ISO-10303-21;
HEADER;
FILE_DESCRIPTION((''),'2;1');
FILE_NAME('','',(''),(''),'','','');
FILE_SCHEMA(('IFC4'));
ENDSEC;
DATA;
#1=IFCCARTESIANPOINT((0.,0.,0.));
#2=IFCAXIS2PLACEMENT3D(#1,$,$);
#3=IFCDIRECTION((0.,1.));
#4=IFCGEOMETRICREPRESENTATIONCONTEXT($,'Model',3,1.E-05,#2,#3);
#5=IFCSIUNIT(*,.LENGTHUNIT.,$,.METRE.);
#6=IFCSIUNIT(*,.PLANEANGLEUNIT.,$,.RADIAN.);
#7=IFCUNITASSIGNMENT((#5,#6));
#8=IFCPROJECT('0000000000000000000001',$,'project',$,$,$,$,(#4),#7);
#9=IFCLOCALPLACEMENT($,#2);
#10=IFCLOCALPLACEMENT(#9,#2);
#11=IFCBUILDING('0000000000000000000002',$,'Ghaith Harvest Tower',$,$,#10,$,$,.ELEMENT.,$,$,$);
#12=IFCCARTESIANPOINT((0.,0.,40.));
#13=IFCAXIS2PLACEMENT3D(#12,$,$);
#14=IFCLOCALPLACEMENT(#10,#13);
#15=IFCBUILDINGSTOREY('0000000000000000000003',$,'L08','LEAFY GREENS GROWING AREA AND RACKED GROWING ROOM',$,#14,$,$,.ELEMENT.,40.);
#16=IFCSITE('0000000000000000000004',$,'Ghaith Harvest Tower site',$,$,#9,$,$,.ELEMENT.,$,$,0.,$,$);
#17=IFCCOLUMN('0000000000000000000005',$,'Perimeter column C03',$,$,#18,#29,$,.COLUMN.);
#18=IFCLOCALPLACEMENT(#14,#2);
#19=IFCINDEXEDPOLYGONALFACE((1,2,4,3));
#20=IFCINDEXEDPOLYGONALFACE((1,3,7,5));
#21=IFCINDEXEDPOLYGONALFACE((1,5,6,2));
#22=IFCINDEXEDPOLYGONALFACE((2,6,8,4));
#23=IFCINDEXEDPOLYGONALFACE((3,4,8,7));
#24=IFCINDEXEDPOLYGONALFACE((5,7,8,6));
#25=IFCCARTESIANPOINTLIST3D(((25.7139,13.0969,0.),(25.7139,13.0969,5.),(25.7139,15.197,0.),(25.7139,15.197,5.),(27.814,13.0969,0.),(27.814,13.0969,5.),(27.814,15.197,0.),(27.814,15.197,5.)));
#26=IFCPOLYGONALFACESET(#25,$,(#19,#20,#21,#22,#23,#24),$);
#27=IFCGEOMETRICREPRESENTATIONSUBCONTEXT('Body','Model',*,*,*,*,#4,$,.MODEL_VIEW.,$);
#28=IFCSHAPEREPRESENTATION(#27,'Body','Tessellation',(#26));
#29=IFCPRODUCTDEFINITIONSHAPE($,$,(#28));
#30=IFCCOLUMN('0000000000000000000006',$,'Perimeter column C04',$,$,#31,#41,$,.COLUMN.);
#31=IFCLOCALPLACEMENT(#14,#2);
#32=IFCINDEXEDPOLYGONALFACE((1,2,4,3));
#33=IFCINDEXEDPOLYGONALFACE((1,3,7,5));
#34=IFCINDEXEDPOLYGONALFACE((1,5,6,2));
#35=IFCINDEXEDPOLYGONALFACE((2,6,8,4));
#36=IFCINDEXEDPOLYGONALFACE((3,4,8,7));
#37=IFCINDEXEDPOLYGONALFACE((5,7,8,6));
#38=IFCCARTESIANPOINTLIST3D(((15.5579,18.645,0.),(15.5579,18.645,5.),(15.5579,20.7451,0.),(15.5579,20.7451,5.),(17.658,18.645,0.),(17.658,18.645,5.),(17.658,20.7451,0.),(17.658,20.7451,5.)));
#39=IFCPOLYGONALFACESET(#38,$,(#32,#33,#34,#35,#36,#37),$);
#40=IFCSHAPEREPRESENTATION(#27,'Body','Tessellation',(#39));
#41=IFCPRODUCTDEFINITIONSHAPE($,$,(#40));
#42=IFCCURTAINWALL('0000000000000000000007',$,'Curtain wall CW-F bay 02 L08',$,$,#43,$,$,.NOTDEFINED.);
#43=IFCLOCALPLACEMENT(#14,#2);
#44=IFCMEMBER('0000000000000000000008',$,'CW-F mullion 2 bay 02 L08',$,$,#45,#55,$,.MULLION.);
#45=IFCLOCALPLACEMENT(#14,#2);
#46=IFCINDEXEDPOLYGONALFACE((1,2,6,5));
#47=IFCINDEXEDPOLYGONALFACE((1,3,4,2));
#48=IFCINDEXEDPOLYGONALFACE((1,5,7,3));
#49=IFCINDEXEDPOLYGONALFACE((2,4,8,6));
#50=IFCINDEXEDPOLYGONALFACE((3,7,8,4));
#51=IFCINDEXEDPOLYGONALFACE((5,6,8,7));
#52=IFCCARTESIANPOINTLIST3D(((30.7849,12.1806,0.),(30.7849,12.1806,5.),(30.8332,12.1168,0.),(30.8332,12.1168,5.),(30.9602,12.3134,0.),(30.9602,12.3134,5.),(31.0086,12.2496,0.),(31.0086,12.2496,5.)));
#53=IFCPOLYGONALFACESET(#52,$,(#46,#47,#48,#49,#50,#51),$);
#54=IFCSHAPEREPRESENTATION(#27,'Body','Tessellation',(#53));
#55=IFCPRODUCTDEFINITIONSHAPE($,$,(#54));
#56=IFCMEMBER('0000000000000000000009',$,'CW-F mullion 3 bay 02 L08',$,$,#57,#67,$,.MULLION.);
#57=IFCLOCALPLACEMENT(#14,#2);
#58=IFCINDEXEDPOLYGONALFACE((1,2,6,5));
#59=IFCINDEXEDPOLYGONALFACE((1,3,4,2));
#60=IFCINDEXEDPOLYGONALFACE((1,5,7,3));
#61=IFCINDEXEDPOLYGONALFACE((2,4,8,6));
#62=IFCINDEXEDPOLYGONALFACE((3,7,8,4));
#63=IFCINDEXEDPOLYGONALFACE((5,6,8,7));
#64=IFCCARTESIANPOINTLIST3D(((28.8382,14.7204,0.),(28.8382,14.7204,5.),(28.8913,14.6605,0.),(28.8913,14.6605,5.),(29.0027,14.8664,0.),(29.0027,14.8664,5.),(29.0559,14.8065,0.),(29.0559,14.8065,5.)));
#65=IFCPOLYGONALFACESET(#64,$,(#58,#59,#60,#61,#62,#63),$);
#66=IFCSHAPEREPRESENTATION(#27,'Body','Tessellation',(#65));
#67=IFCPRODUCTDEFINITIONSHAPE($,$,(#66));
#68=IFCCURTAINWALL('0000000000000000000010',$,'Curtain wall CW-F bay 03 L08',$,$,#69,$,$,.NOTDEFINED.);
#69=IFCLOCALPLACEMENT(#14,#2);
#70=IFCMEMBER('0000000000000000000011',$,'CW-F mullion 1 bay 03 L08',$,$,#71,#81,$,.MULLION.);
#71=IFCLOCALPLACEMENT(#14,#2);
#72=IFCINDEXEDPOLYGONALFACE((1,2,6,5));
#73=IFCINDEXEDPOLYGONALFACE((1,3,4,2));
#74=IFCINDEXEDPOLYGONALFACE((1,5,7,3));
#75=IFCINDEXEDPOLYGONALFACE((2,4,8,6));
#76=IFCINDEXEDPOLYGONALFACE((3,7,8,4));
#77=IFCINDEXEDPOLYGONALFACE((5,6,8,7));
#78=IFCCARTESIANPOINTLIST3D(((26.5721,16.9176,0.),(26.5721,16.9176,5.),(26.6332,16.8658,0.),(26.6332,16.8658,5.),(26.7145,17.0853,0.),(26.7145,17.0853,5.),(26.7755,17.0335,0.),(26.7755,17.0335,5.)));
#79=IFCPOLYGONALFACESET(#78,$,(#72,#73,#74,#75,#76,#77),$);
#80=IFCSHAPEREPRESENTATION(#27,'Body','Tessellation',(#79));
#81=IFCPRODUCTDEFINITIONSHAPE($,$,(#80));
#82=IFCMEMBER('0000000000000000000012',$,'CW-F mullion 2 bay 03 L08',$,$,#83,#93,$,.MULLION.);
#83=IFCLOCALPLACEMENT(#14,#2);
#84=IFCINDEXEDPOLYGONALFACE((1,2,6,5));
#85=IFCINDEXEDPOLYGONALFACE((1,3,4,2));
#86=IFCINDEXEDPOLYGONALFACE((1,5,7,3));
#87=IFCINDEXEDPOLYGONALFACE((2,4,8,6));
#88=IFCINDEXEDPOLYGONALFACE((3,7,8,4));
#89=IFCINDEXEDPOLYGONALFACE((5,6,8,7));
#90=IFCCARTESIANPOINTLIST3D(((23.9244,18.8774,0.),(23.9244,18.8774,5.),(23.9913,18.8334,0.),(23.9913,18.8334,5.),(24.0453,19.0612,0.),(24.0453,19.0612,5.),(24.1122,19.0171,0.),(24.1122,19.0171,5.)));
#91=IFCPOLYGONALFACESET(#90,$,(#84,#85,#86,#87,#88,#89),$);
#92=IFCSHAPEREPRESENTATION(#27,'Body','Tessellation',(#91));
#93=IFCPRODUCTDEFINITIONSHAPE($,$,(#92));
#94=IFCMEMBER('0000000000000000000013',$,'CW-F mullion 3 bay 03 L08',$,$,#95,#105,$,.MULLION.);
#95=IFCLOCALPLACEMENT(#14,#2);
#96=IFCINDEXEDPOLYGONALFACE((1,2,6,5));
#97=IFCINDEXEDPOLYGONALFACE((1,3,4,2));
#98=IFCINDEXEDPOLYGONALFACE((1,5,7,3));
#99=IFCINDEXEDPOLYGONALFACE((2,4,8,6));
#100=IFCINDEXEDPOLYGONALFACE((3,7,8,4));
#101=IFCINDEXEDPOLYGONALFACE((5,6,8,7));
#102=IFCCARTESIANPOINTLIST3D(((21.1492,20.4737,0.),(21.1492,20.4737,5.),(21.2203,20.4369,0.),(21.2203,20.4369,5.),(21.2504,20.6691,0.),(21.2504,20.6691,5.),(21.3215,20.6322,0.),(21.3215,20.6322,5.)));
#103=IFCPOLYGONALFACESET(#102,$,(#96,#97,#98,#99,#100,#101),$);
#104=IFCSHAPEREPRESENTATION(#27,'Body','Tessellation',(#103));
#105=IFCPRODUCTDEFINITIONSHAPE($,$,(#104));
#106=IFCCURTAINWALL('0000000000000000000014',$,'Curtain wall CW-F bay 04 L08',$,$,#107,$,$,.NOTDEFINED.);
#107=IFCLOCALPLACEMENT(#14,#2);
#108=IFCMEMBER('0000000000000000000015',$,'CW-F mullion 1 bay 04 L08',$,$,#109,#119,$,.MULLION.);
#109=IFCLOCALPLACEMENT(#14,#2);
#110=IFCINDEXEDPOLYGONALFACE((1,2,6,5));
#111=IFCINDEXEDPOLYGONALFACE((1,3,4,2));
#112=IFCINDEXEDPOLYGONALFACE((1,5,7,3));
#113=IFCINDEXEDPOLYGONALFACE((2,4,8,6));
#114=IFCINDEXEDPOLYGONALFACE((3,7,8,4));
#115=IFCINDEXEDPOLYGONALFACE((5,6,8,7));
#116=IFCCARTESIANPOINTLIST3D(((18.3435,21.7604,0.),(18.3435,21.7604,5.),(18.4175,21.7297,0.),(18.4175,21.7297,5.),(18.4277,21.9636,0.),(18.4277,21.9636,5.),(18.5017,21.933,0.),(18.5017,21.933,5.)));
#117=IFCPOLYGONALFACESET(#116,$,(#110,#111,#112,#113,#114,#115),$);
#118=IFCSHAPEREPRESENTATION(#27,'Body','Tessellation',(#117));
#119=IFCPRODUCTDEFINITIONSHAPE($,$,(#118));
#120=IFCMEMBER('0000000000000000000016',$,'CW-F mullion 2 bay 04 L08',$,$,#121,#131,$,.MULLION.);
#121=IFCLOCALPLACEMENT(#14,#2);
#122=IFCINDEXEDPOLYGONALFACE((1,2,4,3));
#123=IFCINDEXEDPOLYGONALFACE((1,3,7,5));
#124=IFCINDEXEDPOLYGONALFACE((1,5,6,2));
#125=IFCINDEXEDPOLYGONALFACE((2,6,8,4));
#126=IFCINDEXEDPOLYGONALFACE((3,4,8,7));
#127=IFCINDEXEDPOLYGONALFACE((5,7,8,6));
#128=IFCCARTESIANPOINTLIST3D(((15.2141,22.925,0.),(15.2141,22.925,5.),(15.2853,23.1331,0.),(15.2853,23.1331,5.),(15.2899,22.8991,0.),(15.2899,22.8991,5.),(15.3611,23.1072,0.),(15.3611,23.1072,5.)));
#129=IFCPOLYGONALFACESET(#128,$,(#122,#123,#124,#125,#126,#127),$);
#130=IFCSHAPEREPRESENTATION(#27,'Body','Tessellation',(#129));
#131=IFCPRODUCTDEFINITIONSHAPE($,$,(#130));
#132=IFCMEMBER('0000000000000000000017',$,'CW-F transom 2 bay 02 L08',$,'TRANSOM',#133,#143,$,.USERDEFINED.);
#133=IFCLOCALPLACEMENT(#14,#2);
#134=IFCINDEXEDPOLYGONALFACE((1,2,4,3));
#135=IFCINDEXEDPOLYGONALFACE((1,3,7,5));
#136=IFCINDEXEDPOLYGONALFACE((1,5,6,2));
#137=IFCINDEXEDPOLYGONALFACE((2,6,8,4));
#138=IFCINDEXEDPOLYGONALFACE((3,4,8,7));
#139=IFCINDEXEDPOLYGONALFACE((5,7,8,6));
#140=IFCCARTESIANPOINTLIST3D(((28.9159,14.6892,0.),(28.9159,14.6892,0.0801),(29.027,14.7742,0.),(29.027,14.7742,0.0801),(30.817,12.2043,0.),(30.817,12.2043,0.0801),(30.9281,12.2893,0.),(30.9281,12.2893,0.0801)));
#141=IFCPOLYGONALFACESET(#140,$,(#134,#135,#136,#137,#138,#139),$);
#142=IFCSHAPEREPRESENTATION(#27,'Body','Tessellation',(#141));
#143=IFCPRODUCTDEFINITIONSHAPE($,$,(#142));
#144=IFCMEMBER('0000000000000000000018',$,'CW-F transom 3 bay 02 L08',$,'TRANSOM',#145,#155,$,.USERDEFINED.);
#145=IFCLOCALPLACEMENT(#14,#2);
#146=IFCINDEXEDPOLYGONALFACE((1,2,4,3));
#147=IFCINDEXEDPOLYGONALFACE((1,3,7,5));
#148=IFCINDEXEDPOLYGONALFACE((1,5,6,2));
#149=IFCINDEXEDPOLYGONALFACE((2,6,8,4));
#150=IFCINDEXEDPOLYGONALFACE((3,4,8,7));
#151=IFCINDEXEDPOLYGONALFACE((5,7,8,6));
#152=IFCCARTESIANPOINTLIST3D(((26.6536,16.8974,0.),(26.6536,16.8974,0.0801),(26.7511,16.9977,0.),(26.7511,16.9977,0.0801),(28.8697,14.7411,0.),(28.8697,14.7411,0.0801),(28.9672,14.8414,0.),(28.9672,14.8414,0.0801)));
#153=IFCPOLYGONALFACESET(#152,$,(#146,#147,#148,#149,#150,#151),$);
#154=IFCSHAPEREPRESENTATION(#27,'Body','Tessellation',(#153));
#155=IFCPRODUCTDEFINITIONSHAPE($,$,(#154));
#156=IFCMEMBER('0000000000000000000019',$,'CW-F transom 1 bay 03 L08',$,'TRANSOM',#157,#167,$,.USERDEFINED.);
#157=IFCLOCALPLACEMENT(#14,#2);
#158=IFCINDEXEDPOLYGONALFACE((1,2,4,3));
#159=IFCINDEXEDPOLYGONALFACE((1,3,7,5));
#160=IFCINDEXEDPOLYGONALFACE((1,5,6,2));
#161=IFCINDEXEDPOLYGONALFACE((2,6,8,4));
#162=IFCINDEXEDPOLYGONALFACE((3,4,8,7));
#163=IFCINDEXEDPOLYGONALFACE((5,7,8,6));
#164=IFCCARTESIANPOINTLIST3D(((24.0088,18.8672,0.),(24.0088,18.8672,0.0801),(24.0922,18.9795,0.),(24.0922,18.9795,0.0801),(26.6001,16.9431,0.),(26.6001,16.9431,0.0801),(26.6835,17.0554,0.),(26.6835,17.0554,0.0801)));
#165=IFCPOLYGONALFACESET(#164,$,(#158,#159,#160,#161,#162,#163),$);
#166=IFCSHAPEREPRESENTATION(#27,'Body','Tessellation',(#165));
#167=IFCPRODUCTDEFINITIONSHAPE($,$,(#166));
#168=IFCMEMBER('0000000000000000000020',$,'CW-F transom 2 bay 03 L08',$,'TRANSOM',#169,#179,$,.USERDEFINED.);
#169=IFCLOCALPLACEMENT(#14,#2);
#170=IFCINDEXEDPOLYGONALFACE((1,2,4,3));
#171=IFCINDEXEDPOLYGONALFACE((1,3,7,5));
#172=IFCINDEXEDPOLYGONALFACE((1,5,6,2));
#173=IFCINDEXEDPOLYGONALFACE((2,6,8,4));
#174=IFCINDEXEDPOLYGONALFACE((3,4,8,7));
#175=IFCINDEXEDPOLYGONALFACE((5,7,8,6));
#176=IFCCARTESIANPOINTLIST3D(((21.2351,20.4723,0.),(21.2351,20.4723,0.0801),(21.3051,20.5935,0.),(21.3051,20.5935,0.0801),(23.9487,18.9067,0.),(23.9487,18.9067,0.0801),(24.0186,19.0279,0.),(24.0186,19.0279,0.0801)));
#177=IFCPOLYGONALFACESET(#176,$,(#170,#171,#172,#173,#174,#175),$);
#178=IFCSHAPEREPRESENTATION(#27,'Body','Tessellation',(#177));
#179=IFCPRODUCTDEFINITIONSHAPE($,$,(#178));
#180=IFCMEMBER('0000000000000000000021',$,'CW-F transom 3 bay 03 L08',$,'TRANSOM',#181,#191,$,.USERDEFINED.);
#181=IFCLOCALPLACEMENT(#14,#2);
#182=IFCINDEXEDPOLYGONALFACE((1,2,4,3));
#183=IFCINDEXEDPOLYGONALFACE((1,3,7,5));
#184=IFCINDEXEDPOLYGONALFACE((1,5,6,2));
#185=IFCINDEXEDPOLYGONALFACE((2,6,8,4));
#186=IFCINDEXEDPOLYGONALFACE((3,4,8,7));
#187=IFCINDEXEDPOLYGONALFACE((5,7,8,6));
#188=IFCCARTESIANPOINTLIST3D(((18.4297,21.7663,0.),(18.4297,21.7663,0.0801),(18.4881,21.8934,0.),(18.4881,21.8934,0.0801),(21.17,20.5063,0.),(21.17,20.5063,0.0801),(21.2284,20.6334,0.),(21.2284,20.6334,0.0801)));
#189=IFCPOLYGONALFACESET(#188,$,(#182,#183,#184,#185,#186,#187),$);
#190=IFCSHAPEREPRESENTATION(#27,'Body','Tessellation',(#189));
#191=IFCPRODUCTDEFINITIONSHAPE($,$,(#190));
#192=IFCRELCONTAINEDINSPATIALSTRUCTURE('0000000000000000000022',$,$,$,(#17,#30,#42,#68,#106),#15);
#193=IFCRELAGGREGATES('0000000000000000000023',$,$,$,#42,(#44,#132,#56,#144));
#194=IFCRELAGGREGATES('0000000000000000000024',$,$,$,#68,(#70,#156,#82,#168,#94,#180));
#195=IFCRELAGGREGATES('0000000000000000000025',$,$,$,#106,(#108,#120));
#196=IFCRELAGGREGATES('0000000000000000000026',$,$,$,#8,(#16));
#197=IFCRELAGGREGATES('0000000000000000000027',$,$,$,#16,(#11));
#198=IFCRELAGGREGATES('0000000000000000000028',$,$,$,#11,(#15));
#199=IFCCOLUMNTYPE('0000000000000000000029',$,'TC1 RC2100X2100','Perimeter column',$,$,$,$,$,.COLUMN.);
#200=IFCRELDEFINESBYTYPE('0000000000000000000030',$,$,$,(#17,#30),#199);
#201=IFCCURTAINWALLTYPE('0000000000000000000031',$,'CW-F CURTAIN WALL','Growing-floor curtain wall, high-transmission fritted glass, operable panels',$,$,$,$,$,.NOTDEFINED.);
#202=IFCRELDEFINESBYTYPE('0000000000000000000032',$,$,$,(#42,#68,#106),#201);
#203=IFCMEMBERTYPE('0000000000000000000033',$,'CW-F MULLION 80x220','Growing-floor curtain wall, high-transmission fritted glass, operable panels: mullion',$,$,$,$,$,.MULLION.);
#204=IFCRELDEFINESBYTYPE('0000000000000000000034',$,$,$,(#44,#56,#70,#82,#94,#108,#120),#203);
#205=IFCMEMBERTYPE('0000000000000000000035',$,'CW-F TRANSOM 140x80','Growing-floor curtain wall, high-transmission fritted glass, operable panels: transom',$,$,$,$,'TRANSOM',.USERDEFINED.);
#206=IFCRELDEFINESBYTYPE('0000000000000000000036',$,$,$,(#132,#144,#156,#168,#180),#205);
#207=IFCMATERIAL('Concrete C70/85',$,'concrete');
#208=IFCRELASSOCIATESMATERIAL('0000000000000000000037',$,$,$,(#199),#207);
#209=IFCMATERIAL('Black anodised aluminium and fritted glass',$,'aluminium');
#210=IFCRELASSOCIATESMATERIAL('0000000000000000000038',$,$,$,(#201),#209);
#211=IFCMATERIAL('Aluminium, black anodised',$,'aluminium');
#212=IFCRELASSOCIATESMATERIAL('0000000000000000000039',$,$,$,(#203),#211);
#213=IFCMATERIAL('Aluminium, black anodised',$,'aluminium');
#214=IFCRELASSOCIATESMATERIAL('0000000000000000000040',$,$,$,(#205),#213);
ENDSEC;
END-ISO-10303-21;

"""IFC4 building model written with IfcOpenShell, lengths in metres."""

from ifc_helpers import new_model, si_unit, direction, frame, origin, origin_2d, place, context, subcontext, project, spatial, rectangle, extrude, material, material_profile, profile_set, type_object, element, aggregate, save


model = new_model("IFC4")

# Units and contexts
model_context = context("Model", 3, precision=1e-05, world=origin(), true_north=direction((0.0, 1.0)))
body_context = subcontext(model_context, "Body", "Model", "MODEL_VIEW")
ifc_project = project(units=[si_unit("LENGTHUNIT", "METRE"), si_unit("PLANEANGLEUNIT", "RADIAN")], contexts=[model_context])

# Site, building, storey
site_placement = place(None, origin())
site = spatial("IfcSite", under=ifc_project, at=site_placement, Name="Ghaith Harvest Tower site", CompositionType="ELEMENT", RefElevation=0.0)
building_placement = place(site_placement, origin())
building = spatial("IfcBuilding", under=site, at=building_placement, Name="Ghaith Harvest Tower", CompositionType="ELEMENT")
storey_placement = place(building_placement, frame((0.0, 0.0, 40.0)))
storey = spatial("IfcBuildingStorey", under=building, at=storey_placement, Name="L08", Description="LEAFY GREENS GROWING AREA AND RACKED GROWING ROOM", CompositionType="ELEMENT", Elevation=40.0)

# Columns
ifc_material_1 = material(Name="Concrete C70/85", Category="concrete")
ifc_material_profile_1 = material_profile(ifc_material_1, rectangle(XDim=2.1001, YDim=2.1001, at=origin_2d()), Name="RC2100X2100")
ifc_profile_set_1 = profile_set([ifc_material_profile_1], Name="Concrete C70/85")
column_type = type_object("IfcColumnType", Name="TC1 RC2100X2100", Description="Perimeter column", PredefinedType="COLUMN", material=ifc_profile_set_1)
for number, where, z_axis, x_axis, name in (
    (1, (26.7639, 14.147, 0.0), (0.0, 0.0, 1.0), (1.0, 0.0, 0.0), "Perimeter column C03"),
    (2, (16.6079, 19.6951, 0.0), (0.0, 0.0, 1.0), (1.0, 0.0, 0.0), "Perimeter column C04"),
):
    element("IfcColumn", number, at=place(storey_placement, frame(where, z_axis=z_axis, x_axis=x_axis)), inside=storey, type_object=column_type, Name=name, PredefinedType="COLUMN", context=body_context, shape_type="SweptSolid", body=[
        extrude(rectangle(XDim=2.1001, YDim=2.1001, at=origin_2d()), origin(), (0.0, 0.0, 1.0), 5.0),
    ])

# Curtain walls, members
ifc_material_2 = material(Name="Black anodised aluminium and fritted glass", Category="aluminium")
curtain_wall_type = type_object("IfcCurtainWallType", Name="CW-F CURTAIN WALL", Description="Growing-floor curtain wall, high-transmission fritted glass, operable panels", PredefinedType="NOTDEFINED", material=ifc_material_2)
curtain_wall_1_placement = place(storey_placement, origin())
curtain_wall_1 = element("IfcCurtainWall", 3, at=curtain_wall_1_placement, inside=storey, type_object=curtain_wall_type, Name="Curtain wall CW-F bay 02 L08", PredefinedType="NOTDEFINED")
ifc_material_3 = material(Name="Aluminium, black anodised", Category="aluminium")
ifc_material_profile_2 = material_profile(ifc_material_3, rectangle(XDim=0.0801, YDim=0.22, at=origin_2d()), Name="CW-F MULLION 80x220")
ifc_profile_set_2 = profile_set([ifc_material_profile_2], Name="Aluminium, black anodised")
member_type_1 = type_object("IfcMemberType", Name="CW-F MULLION 80x220", Description="Growing-floor curtain wall, high-transmission fritted glass, operable panels: mullion", PredefinedType="MULLION", material=ifc_profile_set_2)
member_1_placement = place(storey_placement, frame((30.8967, 12.2151, 0.0), z_axis=(0.0, 0.0, 1.0), x_axis=(-0.603948, 0.797023, 0.0)))
member_1 = element("IfcMember", 4, at=member_1_placement, type_object=member_type_1, Name="CW-F mullion 2 bay 02 L08", PredefinedType="MULLION", context=body_context, shape_type="SweptSolid", body=[
    extrude(rectangle(XDim=0.0801, YDim=0.22, at=origin_2d()), origin(), (0.0, 0.0, 1.0), 5.0),
])
member_2_placement = place(storey_placement, frame((28.947, 14.7634, 0.0), z_axis=(0.0, 0.0, 1.0), x_axis=(-0.663605, 0.748083, 0.0)))
member_2 = element("IfcMember", 5, at=member_2_placement, type_object=member_type_1, Name="CW-F mullion 3 bay 02 L08", PredefinedType="MULLION", context=body_context, shape_type="SweptSolid", body=[
    extrude(rectangle(XDim=0.0801, YDim=0.22, at=origin_2d()), origin(), (0.0, 0.0, 1.0), 5.0),
])
curtain_wall_2_placement = place(storey_placement, origin())
curtain_wall_2 = element("IfcCurtainWall", 6, at=curtain_wall_2_placement, inside=storey, type_object=curtain_wall_type, Name="Curtain wall CW-F bay 03 L08", PredefinedType="NOTDEFINED")
member_3_placement = place(storey_placement, frame((26.6738, 16.9756, 0.0), z_axis=(0.0, 0.0, 1.0), x_axis=(-0.762366, 0.647146, 0.0)))
member_3 = element("IfcMember", 7, at=member_3_placement, type_object=member_type_1, Name="CW-F mullion 1 bay 03 L08", PredefinedType="MULLION", context=body_context, shape_type="SweptSolid", body=[
    extrude(rectangle(XDim=0.0801, YDim=0.22, at=origin_2d()), origin(), (0.0, 0.0, 1.0), 5.0),
])
member_4_placement = place(storey_placement, frame((24.0183, 18.9473, 0.0), z_axis=(0.0, 0.0, 1.0), x_axis=(-0.835444, 0.549576, 0.0)))
member_4 = element("IfcMember", 8, at=member_4_placement, type_object=member_type_1, Name="CW-F mullion 2 bay 03 L08", PredefinedType="MULLION", context=body_context, shape_type="SweptSolid", body=[
    extrude(rectangle(XDim=0.0801, YDim=0.22, at=origin_2d()), origin(), (0.0, 0.0, 1.0), 5.0),
])
member_5_placement = place(storey_placement, frame((21.2354, 20.553, 0.0), z_axis=(0.0, 0.0, 1.0), x_axis=(-0.887897, 0.460043, 0.0)))
member_5 = element("IfcMember", 9, at=member_5_placement, type_object=member_type_1, Name="CW-F mullion 3 bay 03 L08", PredefinedType="MULLION", context=body_context, shape_type="SweptSolid", body=[
    extrude(rectangle(XDim=0.0801, YDim=0.22, at=origin_2d()), origin(), (0.0, 0.0, 1.0), 5.0),
])
curtain_wall_3_placement = place(storey_placement, origin())
curtain_wall_3 = element("IfcCurtainWall", 10, at=curtain_wall_3_placement, inside=storey, type_object=curtain_wall_type, Name="Curtain wall CW-F bay 04 L08", PredefinedType="NOTDEFINED")
member_6_placement = place(storey_placement, frame((18.4226, 21.8467, 0.0), z_axis=(0.0, 0.0, 1.0), x_axis=(-0.92391, 0.382609, 0.0)))
member_6 = element("IfcMember", 11, at=member_6_placement, type_object=member_type_1, Name="CW-F mullion 1 bay 04 L08", PredefinedType="MULLION", context=body_context, shape_type="SweptSolid", body=[
    extrude(rectangle(XDim=0.0801, YDim=0.22, at=origin_2d()), origin(), (0.0, 0.0, 1.0), 5.0),
])
member_7_placement = place(storey_placement, frame((15.2876, 23.0161, 0.0), z_axis=(0.0, 0.0, 1.0), x_axis=(-0.946121, 0.323813, 0.0)))
member_7 = element("IfcMember", 12, at=member_7_placement, type_object=member_type_1, Name="CW-F mullion 2 bay 04 L08", PredefinedType="MULLION", context=body_context, shape_type="SweptSolid", body=[
    extrude(rectangle(XDim=0.0801, YDim=0.22, at=origin_2d()), origin(), (0.0, 0.0, 1.0), 5.0),
])

# Members
ifc_material_4 = material(Name="Aluminium, black anodised", Category="aluminium")
ifc_material_profile_3 = material_profile(ifc_material_4, rectangle(XDim=0.1399, YDim=0.0801, at=origin_2d()), Name="CW-F TRANSOM 140x80")
ifc_profile_set_3 = profile_set([ifc_material_profile_3], Name="Aluminium, black anodised")
member_type_2 = type_object("IfcMemberType", Name="CW-F TRANSOM 140x80", Description="Growing-floor curtain wall, high-transmission fritted glass, operable panels: transom", ElementType="TRANSOM", PredefinedType="USERDEFINED", material=ifc_profile_set_3)
member_8_placement = place(storey_placement, frame((30.8726, 12.2468, 0.04), z_axis=(-0.607638, 0.794214, 0.0), x_axis=(-0.794214, -0.607638, 0.0)))
member_8 = element("IfcMember", 13, at=member_8_placement, type_object=member_type_2, Name="CW-F transom 2 bay 02 L08", ObjectType="TRANSOM", PredefinedType="USERDEFINED", context=body_context, shape_type="SweptSolid", body=[
    extrude(rectangle(XDim=0.1399, YDim=0.0801, at=origin_2d()), origin(), (0.0, 0.0, 1.0), 3.1287),
])
member_9_placement = place(storey_placement, frame((28.9185, 14.7913, 0.04), z_axis=(-0.716713, 0.697368, 0.0), x_axis=(-0.697368, -0.716713, 0.0)))
member_9 = element("IfcMember", 14, at=member_9_placement, type_object=member_type_2, Name="CW-F transom 3 bay 02 L08", ObjectType="TRANSOM", PredefinedType="USERDEFINED", context=body_context, shape_type="SweptSolid", body=[
    extrude(rectangle(XDim=0.1399, YDim=0.0801, at=origin_2d()), origin(), (0.0, 0.0, 1.0), 3.092),
])
member_10_placement = place(storey_placement, frame((26.6418, 16.9993, 0.04), z_axis=(-0.802877, 0.596144, 0.0), x_axis=(-0.596144, -0.802877, 0.0)))
member_10 = element("IfcMember", 15, at=member_10_placement, type_object=member_type_2, Name="CW-F transom 1 bay 03 L08", ObjectType="TRANSOM", PredefinedType="USERDEFINED", context=body_context, shape_type="SweptSolid", body=[
    extrude(rectangle(XDim=0.1399, YDim=0.0801, at=origin_2d()), origin(), (0.0, 0.0, 1.0), 3.2275),
])
member_11_placement = place(storey_placement, frame((23.9836, 18.9673, 0.04), z_axis=(-0.866169, 0.499752, 0.0), x_axis=(-0.499752, -0.866169, 0.0)))
member_11 = element("IfcMember", 16, at=member_11_placement, type_object=member_type_2, Name="CW-F transom 2 bay 03 L08", ObjectType="TRANSOM", PredefinedType="USERDEFINED", context=body_context, shape_type="SweptSolid", body=[
    extrude(rectangle(XDim=0.1399, YDim=0.0801, at=origin_2d()), origin(), (0.0, 0.0, 1.0), 3.1328),
])
member_12_placement = place(storey_placement, frame((21.1992, 20.5698, 0.04), z_axis=(-0.908553, 0.417769, 0.0), x_axis=(-0.417769, -0.908553, 0.0)))
member_12 = element("IfcMember", 17, at=member_12_placement, type_object=member_type_2, Name="CW-F transom 3 bay 03 L08", ObjectType="TRANSOM", PredefinedType="USERDEFINED", context=body_context, shape_type="SweptSolid", body=[
    extrude(rectangle(XDim=0.1399, YDim=0.0801, at=origin_2d()), origin(), (0.0, 0.0, 1.0), 3.0161),
])

aggregate(curtain_wall_1, [member_1, member_8, member_2, member_9])
aggregate(curtain_wall_2, [member_3, member_10, member_4, member_11, member_5, member_12])
aggregate(curtain_wall_3, [member_6, member_7])

save(model, "model.ifc")
